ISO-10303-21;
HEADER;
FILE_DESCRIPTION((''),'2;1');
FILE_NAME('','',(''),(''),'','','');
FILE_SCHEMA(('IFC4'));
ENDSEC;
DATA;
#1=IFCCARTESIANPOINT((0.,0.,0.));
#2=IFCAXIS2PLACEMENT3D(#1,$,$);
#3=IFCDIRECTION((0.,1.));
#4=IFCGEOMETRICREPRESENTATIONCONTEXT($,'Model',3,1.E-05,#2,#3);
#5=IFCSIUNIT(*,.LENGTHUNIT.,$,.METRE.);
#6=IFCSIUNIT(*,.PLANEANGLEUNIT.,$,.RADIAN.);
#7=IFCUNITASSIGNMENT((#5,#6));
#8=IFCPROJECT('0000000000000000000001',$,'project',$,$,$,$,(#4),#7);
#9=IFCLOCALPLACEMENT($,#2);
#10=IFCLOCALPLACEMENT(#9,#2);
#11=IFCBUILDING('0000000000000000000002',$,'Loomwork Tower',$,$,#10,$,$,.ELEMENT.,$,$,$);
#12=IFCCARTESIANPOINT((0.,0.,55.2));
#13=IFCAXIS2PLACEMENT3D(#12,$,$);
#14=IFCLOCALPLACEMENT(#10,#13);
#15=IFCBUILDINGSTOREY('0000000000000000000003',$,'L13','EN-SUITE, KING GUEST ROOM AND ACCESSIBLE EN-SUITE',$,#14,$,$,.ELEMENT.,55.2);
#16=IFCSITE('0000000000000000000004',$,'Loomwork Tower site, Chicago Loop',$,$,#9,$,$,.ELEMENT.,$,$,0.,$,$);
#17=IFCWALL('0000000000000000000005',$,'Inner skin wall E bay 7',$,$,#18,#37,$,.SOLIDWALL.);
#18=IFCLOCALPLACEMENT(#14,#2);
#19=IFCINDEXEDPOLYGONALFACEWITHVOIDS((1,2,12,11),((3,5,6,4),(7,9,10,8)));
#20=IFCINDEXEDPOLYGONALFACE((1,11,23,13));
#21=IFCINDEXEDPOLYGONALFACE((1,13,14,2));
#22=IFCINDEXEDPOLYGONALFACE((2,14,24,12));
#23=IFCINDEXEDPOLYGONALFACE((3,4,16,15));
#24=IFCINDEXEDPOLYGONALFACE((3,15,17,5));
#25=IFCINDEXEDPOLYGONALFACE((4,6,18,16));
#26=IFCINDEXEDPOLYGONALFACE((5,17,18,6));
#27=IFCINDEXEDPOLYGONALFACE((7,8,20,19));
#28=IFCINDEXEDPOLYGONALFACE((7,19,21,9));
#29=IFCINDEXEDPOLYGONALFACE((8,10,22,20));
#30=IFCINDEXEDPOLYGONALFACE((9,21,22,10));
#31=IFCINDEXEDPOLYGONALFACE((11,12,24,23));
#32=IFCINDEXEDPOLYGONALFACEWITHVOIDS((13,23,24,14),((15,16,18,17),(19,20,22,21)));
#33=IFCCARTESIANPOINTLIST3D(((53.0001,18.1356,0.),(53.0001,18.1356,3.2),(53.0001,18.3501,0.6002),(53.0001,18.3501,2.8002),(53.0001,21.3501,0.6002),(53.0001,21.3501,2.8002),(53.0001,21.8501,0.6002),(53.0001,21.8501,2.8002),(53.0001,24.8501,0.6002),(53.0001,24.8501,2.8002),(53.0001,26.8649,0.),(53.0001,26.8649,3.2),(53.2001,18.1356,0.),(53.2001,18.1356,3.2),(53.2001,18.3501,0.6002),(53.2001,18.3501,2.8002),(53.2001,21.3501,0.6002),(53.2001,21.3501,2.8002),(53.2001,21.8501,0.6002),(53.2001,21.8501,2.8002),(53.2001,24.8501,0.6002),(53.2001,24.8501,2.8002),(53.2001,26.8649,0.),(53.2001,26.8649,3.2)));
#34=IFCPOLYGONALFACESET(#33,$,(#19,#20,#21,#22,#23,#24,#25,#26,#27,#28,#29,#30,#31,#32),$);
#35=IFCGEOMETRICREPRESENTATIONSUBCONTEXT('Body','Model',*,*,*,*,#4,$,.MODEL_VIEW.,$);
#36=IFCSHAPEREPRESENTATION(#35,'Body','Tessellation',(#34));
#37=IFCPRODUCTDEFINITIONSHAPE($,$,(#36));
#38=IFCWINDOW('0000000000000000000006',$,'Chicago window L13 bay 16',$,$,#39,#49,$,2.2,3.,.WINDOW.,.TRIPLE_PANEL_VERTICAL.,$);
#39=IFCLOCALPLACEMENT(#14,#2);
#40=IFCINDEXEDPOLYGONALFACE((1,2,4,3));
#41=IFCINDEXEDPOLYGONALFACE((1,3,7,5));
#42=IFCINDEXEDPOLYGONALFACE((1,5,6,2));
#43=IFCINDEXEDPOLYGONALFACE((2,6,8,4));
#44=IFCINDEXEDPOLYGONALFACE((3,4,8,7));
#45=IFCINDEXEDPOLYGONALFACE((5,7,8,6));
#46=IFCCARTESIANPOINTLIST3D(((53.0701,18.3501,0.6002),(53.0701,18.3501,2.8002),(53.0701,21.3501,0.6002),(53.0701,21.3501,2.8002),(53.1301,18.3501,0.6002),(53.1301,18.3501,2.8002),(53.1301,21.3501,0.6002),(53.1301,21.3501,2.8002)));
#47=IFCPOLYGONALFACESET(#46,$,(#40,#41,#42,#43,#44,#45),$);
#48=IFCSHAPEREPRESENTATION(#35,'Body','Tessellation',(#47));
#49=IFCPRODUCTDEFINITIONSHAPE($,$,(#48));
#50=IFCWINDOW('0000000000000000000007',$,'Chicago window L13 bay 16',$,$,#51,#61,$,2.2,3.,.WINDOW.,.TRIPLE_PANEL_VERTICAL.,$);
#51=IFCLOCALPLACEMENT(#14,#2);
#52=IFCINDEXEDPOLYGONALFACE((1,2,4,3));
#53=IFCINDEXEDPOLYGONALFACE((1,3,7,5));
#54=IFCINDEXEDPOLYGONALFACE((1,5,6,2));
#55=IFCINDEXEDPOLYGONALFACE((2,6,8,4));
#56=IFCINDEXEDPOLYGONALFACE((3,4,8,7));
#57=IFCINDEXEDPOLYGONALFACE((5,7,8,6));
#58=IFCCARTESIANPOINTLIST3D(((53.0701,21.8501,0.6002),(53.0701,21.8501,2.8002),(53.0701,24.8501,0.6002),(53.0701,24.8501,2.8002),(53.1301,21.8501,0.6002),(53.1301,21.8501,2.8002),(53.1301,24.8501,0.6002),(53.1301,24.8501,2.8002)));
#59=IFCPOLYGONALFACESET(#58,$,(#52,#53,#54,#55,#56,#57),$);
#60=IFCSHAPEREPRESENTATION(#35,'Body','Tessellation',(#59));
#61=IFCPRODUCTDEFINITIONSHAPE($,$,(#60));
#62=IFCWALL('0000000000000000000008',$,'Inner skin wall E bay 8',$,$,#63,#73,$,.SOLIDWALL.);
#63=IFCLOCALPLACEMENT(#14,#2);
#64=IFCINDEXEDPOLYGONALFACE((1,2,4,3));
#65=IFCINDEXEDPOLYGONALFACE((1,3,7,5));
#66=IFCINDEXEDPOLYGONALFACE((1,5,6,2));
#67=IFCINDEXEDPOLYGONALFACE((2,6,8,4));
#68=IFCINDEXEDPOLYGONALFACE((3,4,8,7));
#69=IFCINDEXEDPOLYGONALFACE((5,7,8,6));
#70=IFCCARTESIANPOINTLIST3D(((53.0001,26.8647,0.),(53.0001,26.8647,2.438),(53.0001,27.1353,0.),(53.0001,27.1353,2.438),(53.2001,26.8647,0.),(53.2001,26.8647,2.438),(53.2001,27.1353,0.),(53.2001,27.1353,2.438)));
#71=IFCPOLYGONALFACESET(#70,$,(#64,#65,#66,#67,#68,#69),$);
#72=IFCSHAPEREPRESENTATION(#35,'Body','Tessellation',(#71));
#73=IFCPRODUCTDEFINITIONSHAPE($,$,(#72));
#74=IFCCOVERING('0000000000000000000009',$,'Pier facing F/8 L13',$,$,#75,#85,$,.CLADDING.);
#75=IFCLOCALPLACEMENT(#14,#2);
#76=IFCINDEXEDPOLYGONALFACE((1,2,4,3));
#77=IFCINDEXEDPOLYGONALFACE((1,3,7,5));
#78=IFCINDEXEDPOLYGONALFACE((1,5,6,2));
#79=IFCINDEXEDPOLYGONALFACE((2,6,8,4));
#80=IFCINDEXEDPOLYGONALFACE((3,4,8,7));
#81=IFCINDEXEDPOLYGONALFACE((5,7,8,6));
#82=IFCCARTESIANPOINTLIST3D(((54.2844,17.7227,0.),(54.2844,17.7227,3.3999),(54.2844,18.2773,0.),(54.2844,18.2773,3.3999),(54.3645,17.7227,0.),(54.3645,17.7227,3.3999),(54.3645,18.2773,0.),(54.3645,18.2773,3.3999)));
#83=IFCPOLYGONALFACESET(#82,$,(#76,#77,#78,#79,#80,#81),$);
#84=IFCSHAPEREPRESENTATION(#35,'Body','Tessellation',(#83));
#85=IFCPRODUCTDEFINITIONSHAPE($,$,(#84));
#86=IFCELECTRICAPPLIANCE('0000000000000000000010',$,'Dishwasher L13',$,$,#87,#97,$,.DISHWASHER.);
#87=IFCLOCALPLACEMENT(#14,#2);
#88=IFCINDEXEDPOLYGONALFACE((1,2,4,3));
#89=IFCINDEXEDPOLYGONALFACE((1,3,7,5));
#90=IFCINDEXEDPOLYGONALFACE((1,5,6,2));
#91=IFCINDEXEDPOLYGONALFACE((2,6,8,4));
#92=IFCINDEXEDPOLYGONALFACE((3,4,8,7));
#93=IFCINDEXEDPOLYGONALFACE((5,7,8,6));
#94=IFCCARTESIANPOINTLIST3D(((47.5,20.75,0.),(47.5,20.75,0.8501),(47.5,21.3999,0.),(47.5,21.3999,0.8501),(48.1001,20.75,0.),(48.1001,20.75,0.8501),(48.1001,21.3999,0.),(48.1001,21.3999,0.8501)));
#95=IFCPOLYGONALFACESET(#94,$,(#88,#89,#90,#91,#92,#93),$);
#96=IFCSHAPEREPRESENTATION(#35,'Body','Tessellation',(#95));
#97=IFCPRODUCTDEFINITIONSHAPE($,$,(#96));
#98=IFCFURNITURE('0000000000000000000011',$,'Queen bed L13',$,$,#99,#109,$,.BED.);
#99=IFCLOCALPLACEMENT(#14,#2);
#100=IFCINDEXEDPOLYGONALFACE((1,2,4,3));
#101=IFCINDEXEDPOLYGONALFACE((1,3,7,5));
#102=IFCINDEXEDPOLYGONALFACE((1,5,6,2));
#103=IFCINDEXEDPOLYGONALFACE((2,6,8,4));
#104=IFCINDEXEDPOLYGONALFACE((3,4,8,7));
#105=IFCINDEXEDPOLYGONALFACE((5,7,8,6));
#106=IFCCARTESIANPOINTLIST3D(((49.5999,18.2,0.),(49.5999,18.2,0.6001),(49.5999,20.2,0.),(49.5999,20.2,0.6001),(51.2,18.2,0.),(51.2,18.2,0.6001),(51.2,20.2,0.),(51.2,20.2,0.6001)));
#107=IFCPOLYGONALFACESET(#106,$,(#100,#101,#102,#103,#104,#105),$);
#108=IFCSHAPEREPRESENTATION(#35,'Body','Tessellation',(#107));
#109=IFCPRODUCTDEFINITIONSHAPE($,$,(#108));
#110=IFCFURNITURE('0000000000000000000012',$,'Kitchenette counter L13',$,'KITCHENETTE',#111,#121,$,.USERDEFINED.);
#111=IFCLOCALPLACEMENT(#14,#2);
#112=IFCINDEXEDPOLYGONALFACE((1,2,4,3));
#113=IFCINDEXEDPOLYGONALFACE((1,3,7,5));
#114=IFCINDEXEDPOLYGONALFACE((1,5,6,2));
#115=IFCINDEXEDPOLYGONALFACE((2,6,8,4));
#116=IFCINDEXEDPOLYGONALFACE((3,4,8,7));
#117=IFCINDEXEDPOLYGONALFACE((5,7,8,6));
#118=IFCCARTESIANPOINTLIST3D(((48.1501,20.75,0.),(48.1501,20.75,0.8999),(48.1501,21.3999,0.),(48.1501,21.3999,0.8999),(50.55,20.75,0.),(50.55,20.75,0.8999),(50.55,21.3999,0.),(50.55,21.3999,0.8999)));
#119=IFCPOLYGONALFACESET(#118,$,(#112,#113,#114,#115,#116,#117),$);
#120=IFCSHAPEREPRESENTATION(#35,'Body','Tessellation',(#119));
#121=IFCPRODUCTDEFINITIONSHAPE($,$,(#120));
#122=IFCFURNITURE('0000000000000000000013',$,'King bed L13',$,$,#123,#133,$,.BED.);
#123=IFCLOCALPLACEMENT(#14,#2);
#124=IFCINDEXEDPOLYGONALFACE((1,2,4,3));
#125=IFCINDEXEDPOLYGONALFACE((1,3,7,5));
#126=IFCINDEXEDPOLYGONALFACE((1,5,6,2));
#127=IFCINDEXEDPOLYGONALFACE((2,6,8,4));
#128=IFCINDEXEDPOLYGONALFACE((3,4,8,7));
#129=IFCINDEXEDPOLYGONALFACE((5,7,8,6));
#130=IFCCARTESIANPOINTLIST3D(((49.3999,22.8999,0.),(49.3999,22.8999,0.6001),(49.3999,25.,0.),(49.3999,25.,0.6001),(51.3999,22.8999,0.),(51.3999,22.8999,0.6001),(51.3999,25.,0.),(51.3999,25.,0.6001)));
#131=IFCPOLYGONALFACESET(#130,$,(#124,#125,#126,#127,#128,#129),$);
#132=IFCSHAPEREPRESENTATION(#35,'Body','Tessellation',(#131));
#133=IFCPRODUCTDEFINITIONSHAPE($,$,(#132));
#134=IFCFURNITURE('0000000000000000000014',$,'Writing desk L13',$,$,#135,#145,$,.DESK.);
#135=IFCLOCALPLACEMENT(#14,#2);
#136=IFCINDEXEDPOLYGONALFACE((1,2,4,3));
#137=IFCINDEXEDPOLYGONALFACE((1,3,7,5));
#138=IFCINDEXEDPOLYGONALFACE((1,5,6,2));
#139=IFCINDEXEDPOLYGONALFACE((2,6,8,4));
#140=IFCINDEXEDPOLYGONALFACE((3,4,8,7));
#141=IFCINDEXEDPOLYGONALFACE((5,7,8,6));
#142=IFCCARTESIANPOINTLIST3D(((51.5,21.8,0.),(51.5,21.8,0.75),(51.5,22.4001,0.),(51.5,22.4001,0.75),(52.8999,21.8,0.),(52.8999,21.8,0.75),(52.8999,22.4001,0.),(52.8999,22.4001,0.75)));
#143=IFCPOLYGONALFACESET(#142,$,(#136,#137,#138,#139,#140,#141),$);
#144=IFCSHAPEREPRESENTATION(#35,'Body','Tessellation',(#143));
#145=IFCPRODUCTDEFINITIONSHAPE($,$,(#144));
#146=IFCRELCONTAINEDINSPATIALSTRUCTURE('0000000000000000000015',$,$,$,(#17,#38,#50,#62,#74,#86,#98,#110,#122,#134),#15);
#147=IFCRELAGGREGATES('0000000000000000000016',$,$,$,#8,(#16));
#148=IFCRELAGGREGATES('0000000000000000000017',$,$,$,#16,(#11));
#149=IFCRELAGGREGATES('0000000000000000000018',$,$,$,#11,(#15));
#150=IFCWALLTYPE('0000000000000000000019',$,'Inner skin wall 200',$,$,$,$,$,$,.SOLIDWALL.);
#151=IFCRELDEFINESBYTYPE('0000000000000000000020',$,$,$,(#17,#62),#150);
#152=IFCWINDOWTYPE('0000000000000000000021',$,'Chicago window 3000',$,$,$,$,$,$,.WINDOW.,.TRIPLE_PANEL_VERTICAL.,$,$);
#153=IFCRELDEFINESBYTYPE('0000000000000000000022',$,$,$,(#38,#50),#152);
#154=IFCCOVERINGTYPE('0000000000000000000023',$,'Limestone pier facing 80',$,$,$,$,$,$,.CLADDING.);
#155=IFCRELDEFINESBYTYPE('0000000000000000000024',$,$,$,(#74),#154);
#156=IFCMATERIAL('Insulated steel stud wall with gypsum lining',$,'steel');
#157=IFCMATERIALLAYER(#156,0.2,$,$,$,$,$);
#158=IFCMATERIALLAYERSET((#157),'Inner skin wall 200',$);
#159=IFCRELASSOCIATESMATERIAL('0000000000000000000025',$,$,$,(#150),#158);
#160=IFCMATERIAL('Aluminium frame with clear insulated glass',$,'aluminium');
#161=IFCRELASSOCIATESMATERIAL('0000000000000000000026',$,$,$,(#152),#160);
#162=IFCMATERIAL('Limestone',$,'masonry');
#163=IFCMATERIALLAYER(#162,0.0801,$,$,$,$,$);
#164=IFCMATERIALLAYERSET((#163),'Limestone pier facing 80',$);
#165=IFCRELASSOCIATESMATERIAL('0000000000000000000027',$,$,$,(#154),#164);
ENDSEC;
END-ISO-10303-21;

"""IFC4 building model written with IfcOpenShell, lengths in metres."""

from ifc_helpers import new_model, si_unit, direction, frame, frame_2d, origin, origin_2d, place, context, subcontext, project, spatial, rectangle, extrude, material, layer, layer_set, type_object, element, fill, save


model = new_model("IFC4")

# Units and contexts
model_context = context("Model", 3, precision=1e-05, world=origin(), true_north=direction((0.0, 1.0)))
body_context = subcontext(model_context, "Body", "Model", "MODEL_VIEW")
ifc_project = project(units=[si_unit("LENGTHUNIT", "METRE"), si_unit("PLANEANGLEUNIT", "RADIAN")], contexts=[model_context])

# Site, building, storey
site_placement = place(None, origin())
site = spatial("IfcSite", under=ifc_project, at=site_placement, Name="Loomwork Tower site, Chicago Loop", CompositionType="ELEMENT", RefElevation=0.0)
building_placement = place(site_placement, origin())
building = spatial("IfcBuilding", under=site, at=building_placement, Name="Loomwork Tower", CompositionType="ELEMENT")
storey_placement = place(building_placement, frame((0.0, 0.0, 55.2)))
storey = spatial("IfcBuildingStorey", under=building, at=storey_placement, Name="L13", Description="EN-SUITE, KING GUEST ROOM AND ACCESSIBLE EN-SUITE", CompositionType="ELEMENT", Elevation=55.2)

# Wall, openings, windows
ifc_material_1 = material(Name="Insulated steel stud wall with gypsum lining", Category="steel")
ifc_layer_1 = layer(ifc_material_1, 0.2)
ifc_layer_set_1 = layer_set([ifc_layer_1], Name="Inner skin wall 200")
wall_type_1 = type_object("IfcWallType", Name="Inner skin wall 200", PredefinedType="SOLIDWALL", material=ifc_layer_set_1)
wall_1_placement = place(storey_placement, frame((53.1001, 18.1355, 0.0), z_axis=(0.0, 0.0, 1.0), x_axis=(0.0, 1.0, 0.0)))
wall_1 = element("IfcWall", 1, at=wall_1_placement, inside=storey, type_object=wall_type_1, Name="Inner skin wall E bay 7", PredefinedType="SOLIDWALL", context=body_context, shape_type="SweptSolid", body=[
    extrude(rectangle(XDim=8.7292, YDim=0.2, at=frame_2d((4.3647, 0.0))), origin(), (0.0, 0.0, 1.0), 3.2),
])
opening_1_placement = place(wall_1_placement, frame((0.2146, 0.0, 0.6001)))
opening_1 = element("IfcOpeningElement", 2, at=opening_1_placement, cuts=wall_1, PredefinedType="OPENING", context=body_context, shape_type="SweptSolid", body=[
    extrude(rectangle(XDim=3.0, YDim=2.2, at=frame_2d((1.5, 1.1001))), frame((0.0, 0.1099, 0.0), z_axis=(0.0, -1.0, 0.0), x_axis=(1.0, 0.0, 0.0)), (0.0, 0.0, 1.0), 0.22),
])
opening_2_placement = place(wall_1_placement, frame((3.7146, 0.0, 0.6001)))
opening_2 = element("IfcOpeningElement", 3, at=opening_2_placement, cuts=wall_1, PredefinedType="OPENING", context=body_context, shape_type="SweptSolid", body=[
    extrude(rectangle(XDim=3.0, YDim=2.2, at=frame_2d((1.5, 1.1001))), frame((0.0, 0.1099, 0.0), z_axis=(0.0, -1.0, 0.0), x_axis=(1.0, 0.0, 0.0)), (0.0, 0.0, 1.0), 0.22),
])
ifc_material_2 = material(Name="Aluminium frame with clear insulated glass", Category="aluminium")
window_type = type_object("IfcWindowType", Name="Chicago window 3000", PartitioningType="TRIPLE_PANEL_VERTICAL", PredefinedType="WINDOW", material=ifc_material_2)
window_1_placement = place(opening_1_placement, origin())
window_1 = element("IfcWindow", 4, at=window_1_placement, inside=storey, type_object=window_type, Name="Chicago window L13 bay 16", OverallHeight=2.2, OverallWidth=3.0, PartitioningType="TRIPLE_PANEL_VERTICAL", PredefinedType="WINDOW", context=body_context, shape_type="SweptSolid", body=[
    extrude(rectangle(XDim=3.0, YDim=2.2, at=frame_2d((1.5, 1.1001))), frame((0.0, 0.03, 0.0), z_axis=(0.0, -1.0, 0.0), x_axis=(1.0, 0.0, 0.0)), (0.0, 0.0, 1.0), 0.0601),
])
fill(opening_1, window_1)
window_2_placement = place(opening_2_placement, origin())
window_2 = element("IfcWindow", 5, at=window_2_placement, inside=storey, type_object=window_type, Name="Chicago window L13 bay 16", OverallHeight=2.2, OverallWidth=3.0, PartitioningType="TRIPLE_PANEL_VERTICAL", PredefinedType="WINDOW", context=body_context, shape_type="SweptSolid", body=[
    extrude(rectangle(XDim=3.0, YDim=2.2, at=frame_2d((1.5, 1.1001))), frame((0.0, 0.03, 0.0), z_axis=(0.0, -1.0, 0.0), x_axis=(1.0, 0.0, 0.0)), (0.0, 0.0, 1.0), 0.0601),
])
fill(opening_2, window_2)

# Wall
wall_2_placement = place(storey_placement, frame((53.1001, 26.8647, 0.0), z_axis=(0.0, 0.0, 1.0), x_axis=(0.0, 1.0, 0.0)))
element("IfcWall", 6, at=wall_2_placement, inside=storey, type_object=wall_type_1, Name="Inner skin wall E bay 8", PredefinedType="SOLIDWALL", context=body_context, shape_type="SweptSolid", body=[
    extrude(rectangle(XDim=0.2705, YDim=0.2, at=frame_2d((0.1353, 0.0))), origin(), (0.0, 0.0, 1.0), 2.438),
])

# Covering
ifc_material_3 = material(Name="Limestone", Category="masonry")
ifc_layer_2 = layer(ifc_material_3, 0.0801)
ifc_layer_set_2 = layer_set([ifc_layer_2], Name="Limestone pier facing 80")
covering_type = type_object("IfcCoveringType", Name="Limestone pier facing 80", PredefinedType="CLADDING", material=ifc_layer_set_2)
covering_placement = place(storey_placement, frame((54.3245, 18.0, 0.0), z_axis=(0.0, 0.0, 1.0), x_axis=(1.0, 0.0, 0.0)))
element("IfcCovering", 7, at=covering_placement, inside=storey, type_object=covering_type, Name="Pier facing F/8 L13", PredefinedType="CLADDING", context=body_context, shape_type="SweptSolid", body=[
    extrude(rectangle(XDim=0.0801, YDim=0.5547, at=origin_2d()), origin(), (0.0, 0.0, 1.0), 3.3999),
])

# Electric appliance
electric_appliance_placement = place(storey_placement, frame((47.8, 21.075, 0.0), z_axis=(0.0, 0.0, 1.0), x_axis=(1.0, 0.0, 0.0)))
element("IfcElectricAppliance", 8, at=electric_appliance_placement, inside=storey, Name="Dishwasher L13", PredefinedType="DISHWASHER", context=body_context, shape_type="SweptSolid", body=[
    extrude(rectangle(XDim=0.6001, YDim=0.6499, at=origin_2d()), origin(), (0.0, 0.0, 1.0), 0.8501),
])

# Furniture
furniture_1_placement = place(storey_placement, frame((50.3999, 19.2, 0.0), z_axis=(0.0, 0.0, 1.0), x_axis=(1.0, 0.0, 0.0)))
element("IfcFurniture", 9, at=furniture_1_placement, inside=storey, Name="Queen bed L13", PredefinedType="BED", context=body_context, shape_type="SweptSolid", body=[
    extrude(rectangle(XDim=1.6001, YDim=2.0, at=origin_2d()), origin(), (0.0, 0.0, 1.0), 0.6001),
])
furniture_2_placement = place(storey_placement, frame((49.3501, 21.075, 0.0), z_axis=(0.0, 0.0, 1.0), x_axis=(1.0, 0.0, 0.0)))
element("IfcFurniture", 10, at=furniture_2_placement, inside=storey, Name="Kitchenette counter L13", ObjectType="KITCHENETTE", PredefinedType="USERDEFINED", context=body_context, shape_type="SweptSolid", body=[
    extrude(rectangle(XDim=2.3999, YDim=0.6499, at=origin_2d()), origin(), (0.0, 0.0, 1.0), 0.8999),
])
furniture_3_placement = place(storey_placement, frame((50.3999, 23.95, 0.0), z_axis=(0.0, 0.0, 1.0), x_axis=(1.0, 0.0, 0.0)))
element("IfcFurniture", 11, at=furniture_3_placement, inside=storey, Name="King bed L13", PredefinedType="BED", context=body_context, shape_type="SweptSolid", body=[
    extrude(rectangle(XDim=2.0, YDim=2.1001, at=origin_2d()), origin(), (0.0, 0.0, 1.0), 0.6001),
])
furniture_4_placement = place(storey_placement, frame((52.2, 22.1001, 0.0), z_axis=(0.0, 0.0, 1.0), x_axis=(1.0, 0.0, 0.0)))
element("IfcFurniture", 12, at=furniture_4_placement, inside=storey, Name="Writing desk L13", PredefinedType="DESK", context=body_context, shape_type="SweptSolid", body=[
    extrude(rectangle(XDim=1.3999, YDim=0.6001, at=origin_2d()), origin(), (0.0, 0.0, 1.0), 0.75),
])

save(model, "model.ifc")
